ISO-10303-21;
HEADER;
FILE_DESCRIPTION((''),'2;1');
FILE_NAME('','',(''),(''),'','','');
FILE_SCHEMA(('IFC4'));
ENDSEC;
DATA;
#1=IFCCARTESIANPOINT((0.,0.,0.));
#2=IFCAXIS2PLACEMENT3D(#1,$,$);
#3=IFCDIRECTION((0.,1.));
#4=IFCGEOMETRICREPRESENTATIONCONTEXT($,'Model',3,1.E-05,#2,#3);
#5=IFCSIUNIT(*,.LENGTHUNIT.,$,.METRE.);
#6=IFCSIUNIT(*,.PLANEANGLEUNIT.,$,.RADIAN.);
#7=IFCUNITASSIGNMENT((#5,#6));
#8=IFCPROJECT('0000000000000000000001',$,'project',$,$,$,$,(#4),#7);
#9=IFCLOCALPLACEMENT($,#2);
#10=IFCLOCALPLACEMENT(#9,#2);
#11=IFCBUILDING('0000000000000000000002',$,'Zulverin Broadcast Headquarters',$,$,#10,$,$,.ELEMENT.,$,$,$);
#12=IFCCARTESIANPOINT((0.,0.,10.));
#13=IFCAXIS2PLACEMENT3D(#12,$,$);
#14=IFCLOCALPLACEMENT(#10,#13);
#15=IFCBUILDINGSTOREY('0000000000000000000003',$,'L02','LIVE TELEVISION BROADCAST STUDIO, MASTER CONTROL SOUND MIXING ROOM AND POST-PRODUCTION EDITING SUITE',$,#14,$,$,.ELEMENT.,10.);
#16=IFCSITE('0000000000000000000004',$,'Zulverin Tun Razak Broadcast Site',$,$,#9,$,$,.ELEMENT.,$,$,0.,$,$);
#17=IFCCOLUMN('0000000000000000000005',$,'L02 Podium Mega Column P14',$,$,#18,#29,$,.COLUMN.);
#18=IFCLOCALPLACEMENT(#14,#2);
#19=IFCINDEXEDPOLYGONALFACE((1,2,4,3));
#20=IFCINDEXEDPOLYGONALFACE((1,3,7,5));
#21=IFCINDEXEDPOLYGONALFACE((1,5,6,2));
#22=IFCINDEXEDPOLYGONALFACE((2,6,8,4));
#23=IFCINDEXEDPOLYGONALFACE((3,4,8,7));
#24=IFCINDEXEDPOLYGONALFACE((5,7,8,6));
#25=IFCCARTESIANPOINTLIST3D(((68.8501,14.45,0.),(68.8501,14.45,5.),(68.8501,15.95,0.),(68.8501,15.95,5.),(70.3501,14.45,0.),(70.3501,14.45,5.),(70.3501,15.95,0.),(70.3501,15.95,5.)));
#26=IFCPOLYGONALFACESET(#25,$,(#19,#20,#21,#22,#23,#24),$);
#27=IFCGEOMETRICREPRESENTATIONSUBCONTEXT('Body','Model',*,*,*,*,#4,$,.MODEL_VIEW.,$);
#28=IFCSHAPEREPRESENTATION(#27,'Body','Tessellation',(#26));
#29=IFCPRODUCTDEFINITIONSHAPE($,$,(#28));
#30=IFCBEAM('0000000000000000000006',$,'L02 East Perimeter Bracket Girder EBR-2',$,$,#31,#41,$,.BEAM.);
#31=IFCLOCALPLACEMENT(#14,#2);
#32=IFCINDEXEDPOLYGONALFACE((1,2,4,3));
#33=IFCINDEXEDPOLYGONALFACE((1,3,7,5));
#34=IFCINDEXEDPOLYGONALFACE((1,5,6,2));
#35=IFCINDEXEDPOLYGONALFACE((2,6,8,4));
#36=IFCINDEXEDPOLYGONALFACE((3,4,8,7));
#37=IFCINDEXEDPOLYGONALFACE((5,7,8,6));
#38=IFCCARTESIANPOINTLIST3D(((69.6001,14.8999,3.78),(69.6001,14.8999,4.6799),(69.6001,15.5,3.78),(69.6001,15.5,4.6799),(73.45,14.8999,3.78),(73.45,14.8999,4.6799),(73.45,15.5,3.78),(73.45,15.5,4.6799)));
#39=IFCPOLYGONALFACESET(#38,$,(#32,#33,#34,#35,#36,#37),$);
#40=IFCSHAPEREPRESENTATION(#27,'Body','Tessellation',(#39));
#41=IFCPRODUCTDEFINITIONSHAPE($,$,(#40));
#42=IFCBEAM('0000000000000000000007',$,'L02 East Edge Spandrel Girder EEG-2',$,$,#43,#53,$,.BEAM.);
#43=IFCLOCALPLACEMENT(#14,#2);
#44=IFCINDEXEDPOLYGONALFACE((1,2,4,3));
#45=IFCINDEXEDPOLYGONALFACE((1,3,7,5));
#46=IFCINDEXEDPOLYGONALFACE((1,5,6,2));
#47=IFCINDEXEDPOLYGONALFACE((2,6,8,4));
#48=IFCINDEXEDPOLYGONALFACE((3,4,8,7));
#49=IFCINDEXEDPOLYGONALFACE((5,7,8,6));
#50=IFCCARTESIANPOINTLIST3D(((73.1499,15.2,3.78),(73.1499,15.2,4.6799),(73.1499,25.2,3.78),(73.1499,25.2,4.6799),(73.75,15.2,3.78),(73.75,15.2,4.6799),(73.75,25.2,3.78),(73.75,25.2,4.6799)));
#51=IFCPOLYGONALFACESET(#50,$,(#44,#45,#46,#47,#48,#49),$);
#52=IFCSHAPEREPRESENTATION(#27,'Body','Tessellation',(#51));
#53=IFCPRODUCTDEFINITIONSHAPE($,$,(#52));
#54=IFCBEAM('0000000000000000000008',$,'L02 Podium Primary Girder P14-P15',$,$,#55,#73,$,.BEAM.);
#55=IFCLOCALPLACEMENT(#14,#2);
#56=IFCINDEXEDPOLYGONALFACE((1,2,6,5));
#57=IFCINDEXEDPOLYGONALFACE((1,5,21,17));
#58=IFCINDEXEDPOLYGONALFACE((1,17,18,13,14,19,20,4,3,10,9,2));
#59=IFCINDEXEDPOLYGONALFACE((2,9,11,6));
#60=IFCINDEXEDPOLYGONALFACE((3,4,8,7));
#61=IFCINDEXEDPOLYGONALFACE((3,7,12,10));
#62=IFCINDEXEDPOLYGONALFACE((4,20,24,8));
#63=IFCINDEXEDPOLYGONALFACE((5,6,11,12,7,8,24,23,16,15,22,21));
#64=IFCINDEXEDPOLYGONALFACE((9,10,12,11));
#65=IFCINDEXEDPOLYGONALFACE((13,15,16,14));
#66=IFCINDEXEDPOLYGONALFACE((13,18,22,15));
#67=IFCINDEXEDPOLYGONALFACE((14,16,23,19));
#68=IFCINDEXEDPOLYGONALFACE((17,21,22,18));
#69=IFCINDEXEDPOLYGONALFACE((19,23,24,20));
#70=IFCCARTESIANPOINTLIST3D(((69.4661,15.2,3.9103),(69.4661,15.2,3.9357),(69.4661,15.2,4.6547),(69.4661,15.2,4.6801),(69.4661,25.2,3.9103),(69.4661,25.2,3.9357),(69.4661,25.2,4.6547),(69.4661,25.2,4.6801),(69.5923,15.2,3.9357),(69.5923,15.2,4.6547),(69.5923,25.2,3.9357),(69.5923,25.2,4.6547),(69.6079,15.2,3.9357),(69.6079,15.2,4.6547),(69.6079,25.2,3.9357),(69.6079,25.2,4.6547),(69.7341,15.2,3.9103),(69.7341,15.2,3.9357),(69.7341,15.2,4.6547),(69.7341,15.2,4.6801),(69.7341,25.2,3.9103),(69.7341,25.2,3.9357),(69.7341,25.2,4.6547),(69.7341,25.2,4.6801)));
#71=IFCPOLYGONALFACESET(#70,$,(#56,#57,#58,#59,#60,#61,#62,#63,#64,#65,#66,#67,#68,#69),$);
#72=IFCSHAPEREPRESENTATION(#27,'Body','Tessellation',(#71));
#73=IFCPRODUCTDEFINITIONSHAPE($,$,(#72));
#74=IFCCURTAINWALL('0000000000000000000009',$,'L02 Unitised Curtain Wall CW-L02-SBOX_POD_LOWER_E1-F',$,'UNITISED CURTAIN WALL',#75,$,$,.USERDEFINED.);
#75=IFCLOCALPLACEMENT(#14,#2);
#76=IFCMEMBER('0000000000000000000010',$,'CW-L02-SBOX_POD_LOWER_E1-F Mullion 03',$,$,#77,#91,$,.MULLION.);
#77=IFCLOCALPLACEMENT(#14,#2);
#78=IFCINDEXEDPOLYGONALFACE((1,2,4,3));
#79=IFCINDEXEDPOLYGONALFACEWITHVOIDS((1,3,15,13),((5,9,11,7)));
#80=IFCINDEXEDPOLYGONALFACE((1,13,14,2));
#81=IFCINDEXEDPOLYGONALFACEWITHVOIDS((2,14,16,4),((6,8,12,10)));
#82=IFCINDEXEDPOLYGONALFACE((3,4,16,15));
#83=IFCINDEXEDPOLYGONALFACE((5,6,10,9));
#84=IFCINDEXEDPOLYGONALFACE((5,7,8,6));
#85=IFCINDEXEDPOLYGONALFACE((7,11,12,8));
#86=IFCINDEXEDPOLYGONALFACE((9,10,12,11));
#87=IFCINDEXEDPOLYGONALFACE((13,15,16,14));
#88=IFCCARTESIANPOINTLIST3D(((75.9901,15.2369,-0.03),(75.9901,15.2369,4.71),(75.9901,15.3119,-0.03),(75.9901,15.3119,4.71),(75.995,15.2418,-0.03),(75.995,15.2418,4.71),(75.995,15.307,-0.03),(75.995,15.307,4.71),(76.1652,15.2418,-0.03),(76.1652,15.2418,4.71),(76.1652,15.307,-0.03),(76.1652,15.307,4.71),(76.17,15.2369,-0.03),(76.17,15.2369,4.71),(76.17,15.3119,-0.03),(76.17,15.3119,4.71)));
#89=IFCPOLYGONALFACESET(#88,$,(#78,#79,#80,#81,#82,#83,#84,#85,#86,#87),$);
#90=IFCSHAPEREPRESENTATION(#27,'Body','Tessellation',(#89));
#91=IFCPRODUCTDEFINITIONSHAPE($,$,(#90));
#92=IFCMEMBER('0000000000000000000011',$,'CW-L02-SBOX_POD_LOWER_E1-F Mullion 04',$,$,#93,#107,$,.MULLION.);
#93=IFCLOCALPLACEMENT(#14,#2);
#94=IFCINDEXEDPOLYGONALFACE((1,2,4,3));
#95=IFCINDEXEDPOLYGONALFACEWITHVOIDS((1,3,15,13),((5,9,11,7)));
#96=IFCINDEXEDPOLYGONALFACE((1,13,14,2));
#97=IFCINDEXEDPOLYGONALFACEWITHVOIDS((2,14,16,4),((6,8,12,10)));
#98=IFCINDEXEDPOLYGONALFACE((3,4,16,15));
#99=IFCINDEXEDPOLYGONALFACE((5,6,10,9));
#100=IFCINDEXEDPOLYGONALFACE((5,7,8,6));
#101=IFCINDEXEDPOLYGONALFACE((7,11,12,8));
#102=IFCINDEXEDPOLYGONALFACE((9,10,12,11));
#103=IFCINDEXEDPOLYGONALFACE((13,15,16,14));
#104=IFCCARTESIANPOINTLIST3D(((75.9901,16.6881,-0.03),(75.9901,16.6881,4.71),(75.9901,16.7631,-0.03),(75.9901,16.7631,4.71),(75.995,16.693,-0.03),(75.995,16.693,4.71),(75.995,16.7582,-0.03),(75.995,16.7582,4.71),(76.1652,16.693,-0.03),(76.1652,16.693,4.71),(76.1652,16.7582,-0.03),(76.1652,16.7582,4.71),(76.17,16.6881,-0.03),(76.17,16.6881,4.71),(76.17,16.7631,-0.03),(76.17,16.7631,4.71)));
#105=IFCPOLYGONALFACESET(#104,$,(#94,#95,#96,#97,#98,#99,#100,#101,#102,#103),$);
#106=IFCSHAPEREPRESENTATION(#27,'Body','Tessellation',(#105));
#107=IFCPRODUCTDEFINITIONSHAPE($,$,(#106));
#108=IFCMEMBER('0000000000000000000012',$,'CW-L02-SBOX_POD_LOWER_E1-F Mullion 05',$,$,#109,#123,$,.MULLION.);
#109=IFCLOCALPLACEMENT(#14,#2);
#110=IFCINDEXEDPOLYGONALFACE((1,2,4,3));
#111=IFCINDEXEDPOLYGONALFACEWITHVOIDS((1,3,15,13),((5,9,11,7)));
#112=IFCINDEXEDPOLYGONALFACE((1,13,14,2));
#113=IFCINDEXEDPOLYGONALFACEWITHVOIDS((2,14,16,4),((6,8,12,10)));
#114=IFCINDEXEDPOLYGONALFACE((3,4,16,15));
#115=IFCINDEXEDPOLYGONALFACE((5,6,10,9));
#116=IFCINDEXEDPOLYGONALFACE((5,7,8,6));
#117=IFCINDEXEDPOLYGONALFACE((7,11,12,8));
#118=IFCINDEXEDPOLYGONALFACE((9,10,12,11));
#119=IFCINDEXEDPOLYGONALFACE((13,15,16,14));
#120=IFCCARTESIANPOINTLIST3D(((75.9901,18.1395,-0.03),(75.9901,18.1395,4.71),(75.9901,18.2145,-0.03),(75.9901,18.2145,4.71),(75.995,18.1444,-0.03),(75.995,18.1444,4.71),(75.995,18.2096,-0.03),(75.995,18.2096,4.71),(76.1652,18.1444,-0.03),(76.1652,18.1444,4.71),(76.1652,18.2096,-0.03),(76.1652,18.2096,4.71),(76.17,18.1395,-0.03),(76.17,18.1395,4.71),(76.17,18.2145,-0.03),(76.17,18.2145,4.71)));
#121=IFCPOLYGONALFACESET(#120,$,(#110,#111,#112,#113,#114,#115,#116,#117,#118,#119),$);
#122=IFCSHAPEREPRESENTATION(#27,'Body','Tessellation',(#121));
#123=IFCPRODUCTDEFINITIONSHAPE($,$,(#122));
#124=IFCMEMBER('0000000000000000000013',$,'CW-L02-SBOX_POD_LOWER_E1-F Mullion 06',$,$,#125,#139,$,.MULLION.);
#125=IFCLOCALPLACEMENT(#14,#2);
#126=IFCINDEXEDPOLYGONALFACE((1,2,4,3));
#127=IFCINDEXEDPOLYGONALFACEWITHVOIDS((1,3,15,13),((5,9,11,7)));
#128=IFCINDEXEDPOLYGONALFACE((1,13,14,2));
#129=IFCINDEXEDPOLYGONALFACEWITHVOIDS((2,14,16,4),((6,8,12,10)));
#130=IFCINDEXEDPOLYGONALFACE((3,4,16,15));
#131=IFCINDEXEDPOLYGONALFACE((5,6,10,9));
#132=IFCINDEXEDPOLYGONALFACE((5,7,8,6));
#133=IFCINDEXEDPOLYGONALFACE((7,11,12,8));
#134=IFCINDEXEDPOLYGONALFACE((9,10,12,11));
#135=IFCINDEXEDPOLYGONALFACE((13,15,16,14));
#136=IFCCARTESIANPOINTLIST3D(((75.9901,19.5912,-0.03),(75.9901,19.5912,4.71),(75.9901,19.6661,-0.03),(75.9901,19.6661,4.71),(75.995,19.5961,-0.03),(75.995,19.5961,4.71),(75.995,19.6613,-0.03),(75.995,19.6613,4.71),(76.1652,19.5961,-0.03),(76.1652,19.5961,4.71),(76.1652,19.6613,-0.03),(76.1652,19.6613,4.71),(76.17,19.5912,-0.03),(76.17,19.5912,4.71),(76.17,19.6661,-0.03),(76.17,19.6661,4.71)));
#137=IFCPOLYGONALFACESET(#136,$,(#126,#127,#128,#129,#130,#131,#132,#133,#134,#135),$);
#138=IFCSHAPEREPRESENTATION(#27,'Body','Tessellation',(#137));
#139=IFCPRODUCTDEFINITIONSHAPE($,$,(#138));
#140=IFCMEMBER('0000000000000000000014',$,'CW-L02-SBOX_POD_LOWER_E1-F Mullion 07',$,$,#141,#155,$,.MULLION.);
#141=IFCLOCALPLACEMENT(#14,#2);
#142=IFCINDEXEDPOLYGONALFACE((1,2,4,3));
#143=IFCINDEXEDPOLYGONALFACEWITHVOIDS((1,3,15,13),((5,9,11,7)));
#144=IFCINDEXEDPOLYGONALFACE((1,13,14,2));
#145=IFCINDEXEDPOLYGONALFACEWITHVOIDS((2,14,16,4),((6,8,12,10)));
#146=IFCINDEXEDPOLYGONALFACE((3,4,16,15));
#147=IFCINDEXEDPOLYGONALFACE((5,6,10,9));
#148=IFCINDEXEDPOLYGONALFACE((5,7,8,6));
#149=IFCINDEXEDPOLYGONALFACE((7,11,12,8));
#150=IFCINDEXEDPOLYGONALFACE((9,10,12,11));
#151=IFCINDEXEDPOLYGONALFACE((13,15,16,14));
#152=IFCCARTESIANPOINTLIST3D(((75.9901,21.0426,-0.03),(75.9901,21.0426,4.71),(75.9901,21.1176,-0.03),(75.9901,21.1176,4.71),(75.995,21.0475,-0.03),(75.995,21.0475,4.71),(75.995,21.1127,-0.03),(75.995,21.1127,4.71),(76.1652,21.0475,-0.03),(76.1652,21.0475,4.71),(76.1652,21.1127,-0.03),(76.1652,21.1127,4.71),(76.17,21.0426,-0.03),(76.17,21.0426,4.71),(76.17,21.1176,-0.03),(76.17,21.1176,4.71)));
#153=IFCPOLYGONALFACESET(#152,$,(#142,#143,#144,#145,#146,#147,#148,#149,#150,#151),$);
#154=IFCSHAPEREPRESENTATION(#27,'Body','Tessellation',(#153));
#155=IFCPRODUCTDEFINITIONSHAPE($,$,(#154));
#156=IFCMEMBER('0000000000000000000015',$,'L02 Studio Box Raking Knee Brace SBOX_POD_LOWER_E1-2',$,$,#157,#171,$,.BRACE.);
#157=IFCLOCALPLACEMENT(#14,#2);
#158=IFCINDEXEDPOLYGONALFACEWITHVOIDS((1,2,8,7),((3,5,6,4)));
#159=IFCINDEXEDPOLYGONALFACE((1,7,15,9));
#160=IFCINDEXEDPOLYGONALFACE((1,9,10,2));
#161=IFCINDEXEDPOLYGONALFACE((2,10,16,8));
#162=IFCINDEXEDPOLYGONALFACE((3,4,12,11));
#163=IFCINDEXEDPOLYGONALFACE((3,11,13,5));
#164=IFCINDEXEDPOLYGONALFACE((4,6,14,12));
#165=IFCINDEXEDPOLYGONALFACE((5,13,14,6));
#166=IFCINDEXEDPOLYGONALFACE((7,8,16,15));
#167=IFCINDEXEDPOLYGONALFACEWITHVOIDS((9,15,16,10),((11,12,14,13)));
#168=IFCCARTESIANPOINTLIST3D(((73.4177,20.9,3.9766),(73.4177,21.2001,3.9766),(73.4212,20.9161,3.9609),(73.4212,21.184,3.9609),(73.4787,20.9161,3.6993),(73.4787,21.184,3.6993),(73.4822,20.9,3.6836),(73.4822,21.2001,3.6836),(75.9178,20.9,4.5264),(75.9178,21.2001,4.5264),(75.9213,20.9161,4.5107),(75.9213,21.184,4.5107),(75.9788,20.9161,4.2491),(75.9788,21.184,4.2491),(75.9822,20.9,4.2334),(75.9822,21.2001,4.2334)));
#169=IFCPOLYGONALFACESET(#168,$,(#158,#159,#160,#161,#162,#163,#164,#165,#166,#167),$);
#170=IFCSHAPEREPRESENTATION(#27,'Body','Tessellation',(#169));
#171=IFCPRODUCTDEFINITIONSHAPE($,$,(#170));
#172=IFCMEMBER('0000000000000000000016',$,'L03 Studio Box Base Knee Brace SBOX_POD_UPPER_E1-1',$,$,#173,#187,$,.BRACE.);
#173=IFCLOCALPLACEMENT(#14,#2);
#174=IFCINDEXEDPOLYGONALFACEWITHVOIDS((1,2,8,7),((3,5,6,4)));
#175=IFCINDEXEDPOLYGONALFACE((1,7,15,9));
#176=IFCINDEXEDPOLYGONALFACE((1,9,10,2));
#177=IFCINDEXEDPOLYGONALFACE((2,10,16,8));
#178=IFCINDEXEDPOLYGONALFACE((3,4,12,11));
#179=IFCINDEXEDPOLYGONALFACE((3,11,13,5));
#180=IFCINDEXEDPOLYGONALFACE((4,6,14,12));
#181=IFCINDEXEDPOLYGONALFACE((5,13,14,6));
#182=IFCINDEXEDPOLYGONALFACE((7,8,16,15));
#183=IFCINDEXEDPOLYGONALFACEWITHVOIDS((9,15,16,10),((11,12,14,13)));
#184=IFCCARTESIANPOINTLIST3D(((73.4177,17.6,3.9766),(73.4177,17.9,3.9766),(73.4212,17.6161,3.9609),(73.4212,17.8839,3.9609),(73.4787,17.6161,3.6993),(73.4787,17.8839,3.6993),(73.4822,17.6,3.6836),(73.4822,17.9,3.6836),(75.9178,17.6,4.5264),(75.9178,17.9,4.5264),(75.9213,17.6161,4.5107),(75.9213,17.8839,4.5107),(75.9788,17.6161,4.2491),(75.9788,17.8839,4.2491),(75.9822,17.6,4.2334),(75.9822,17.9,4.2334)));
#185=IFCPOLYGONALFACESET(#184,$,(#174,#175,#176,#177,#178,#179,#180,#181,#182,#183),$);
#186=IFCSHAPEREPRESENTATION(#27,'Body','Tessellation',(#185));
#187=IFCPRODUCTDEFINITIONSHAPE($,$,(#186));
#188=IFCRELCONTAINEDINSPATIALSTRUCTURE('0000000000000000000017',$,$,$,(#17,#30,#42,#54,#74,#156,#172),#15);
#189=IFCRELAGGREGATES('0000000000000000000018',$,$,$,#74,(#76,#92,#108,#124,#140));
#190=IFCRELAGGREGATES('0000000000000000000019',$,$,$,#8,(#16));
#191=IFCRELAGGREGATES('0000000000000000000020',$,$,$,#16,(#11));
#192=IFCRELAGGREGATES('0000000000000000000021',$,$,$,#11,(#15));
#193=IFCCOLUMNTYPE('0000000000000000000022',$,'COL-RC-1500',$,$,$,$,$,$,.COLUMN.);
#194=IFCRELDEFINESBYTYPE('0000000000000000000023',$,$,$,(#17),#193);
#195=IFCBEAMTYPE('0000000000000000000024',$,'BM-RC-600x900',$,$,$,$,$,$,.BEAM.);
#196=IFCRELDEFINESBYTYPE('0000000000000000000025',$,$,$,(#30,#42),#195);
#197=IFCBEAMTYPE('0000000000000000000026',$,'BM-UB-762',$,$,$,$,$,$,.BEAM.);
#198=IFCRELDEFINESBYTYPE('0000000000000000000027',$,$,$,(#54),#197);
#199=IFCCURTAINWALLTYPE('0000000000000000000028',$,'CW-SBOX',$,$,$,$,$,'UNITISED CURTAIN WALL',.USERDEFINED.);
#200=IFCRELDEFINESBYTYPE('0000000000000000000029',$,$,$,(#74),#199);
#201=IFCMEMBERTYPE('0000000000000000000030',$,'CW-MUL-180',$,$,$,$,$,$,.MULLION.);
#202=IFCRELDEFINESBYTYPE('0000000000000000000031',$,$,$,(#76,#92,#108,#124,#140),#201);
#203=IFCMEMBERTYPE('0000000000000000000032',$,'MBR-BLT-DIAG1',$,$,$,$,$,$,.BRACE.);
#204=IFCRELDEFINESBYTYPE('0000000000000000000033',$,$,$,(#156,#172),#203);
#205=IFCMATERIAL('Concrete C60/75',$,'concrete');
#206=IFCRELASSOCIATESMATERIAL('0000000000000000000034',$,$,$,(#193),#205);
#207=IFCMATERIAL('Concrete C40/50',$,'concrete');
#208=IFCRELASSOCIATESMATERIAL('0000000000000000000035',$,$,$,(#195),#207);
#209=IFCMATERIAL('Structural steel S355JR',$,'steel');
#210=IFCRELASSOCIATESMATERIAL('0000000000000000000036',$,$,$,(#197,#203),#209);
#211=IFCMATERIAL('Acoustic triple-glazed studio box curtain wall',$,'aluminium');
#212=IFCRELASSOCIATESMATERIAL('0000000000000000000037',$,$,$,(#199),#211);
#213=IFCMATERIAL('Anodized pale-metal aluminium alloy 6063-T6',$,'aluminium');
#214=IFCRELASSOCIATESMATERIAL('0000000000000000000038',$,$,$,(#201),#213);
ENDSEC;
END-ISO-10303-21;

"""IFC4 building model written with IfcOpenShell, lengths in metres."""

from ifc_helpers import new_model, si_unit, direction, frame, origin, origin_2d, place, context, subcontext, project, spatial, rectangle, hollow_rectangle, i_section, extrude, material, material_profile, profile_set, type_object, element, aggregate, save


model = new_model("IFC4")

# Units and contexts
model_context = context("Model", 3, precision=1e-05, world=origin(), true_north=direction((0.0, 1.0)))
body_context = subcontext(model_context, "Body", "Model", "MODEL_VIEW")
ifc_project = project(units=[si_unit("LENGTHUNIT", "METRE"), si_unit("PLANEANGLEUNIT", "RADIAN")], contexts=[model_context])

# Site, building, storey
site_placement = place(None, origin())
site = spatial("IfcSite", under=ifc_project, at=site_placement, Name="Zulverin Tun Razak Broadcast Site", CompositionType="ELEMENT", RefElevation=0.0)
building_placement = place(site_placement, origin())
building = spatial("IfcBuilding", under=site, at=building_placement, Name="Zulverin Broadcast Headquarters", CompositionType="ELEMENT")
storey_placement = place(building_placement, frame((0.0, 0.0, 10.0)))
storey = spatial("IfcBuildingStorey", under=building, at=storey_placement, Name="L02", Description="LIVE TELEVISION BROADCAST STUDIO, MASTER CONTROL SOUND MIXING ROOM AND POST-PRODUCTION EDITING SUITE", CompositionType="ELEMENT", Elevation=10.0)

# Column
ifc_material_1 = material(Name="Concrete C60/75", Category="concrete")
ifc_material_profile_1 = material_profile(ifc_material_1, rectangle(XDim=1.5, YDim=1.5, at=origin_2d()), Name="Concrete C60/75", Category="concrete")
ifc_profile_set_1 = profile_set([ifc_material_profile_1], Name="Concrete C60/75")
column_type = type_object("IfcColumnType", Name="COL-RC-1500", PredefinedType="COLUMN", material=ifc_profile_set_1)
column_placement = place(storey_placement, frame((69.6001, 15.2, 0.0), z_axis=(0.0, 0.0, 1.0), x_axis=(1.0, 0.0, 0.0)))
element("IfcColumn", 1, at=column_placement, inside=storey, type_object=column_type, Name="L02 Podium Mega Column P14", PredefinedType="COLUMN", context=body_context, shape_type="SweptSolid", body=[
    extrude(rectangle(XDim=1.5, YDim=1.5, at=origin_2d()), origin(), (0.0, 0.0, 1.0), 5.0),
])

# Beams
ifc_material_2 = material(Name="Concrete C40/50", Category="concrete")
ifc_material_profile_2 = material_profile(ifc_material_2, rectangle(XDim=0.6001, YDim=0.8999, at=origin_2d()), Name="Concrete C40/50", Category="concrete")
ifc_profile_set_2 = profile_set([ifc_material_profile_2], Name="Concrete C40/50")
beam_type_1 = type_object("IfcBeamType", Name="BM-RC-600x900", PredefinedType="BEAM", material=ifc_profile_set_2)
beam_1_placement = place(storey_placement, frame((69.6001, 15.2, 4.23), z_axis=(1.0, 0.0, 0.0), x_axis=(0.0, 1.0, 0.0)))
element("IfcBeam", 2, at=beam_1_placement, inside=storey, type_object=beam_type_1, Name="L02 East Perimeter Bracket Girder EBR-2", PredefinedType="BEAM", context=body_context, shape_type="SweptSolid", body=[
    extrude(rectangle(XDim=0.6001, YDim=0.8999, at=origin_2d()), origin(), (0.0, 0.0, 1.0), 3.8499),
])
beam_2_placement = place(storey_placement, frame((73.45, 15.2, 4.23), z_axis=(0.0, 1.0, 0.0), x_axis=(-1.0, 0.0, 0.0)))
element("IfcBeam", 3, at=beam_2_placement, inside=storey, type_object=beam_type_1, Name="L02 East Edge Spandrel Girder EEG-2", PredefinedType="BEAM", context=body_context, shape_type="SweptSolid", body=[
    extrude(rectangle(XDim=0.6001, YDim=0.8999, at=origin_2d()), origin(), (0.0, 0.0, 1.0), 10.0),
])
ifc_material_3 = material(Name="Structural steel S355JR", Category="steel")
ifc_material_profile_3 = material_profile(ifc_material_3, i_section(OverallWidth=0.2681, OverallDepth=0.7698, WebThickness=0.0156, FlangeThickness=0.0254, at=origin_2d()), Name="Structural steel S355JR", Category="steel")
ifc_profile_set_3 = profile_set([ifc_material_profile_3], Name="Structural steel S355JR")
beam_type_2 = type_object("IfcBeamType", Name="BM-UB-762", PredefinedType="BEAM", material=ifc_profile_set_3)
beam_3_placement = place(storey_placement, frame((69.6001, 15.2, 4.2952), z_axis=(0.0, 1.0, 0.0), x_axis=(-1.0, 0.0, 0.0)))
element("IfcBeam", 4, at=beam_3_placement, inside=storey, type_object=beam_type_2, Name="L02 Podium Primary Girder P14-P15", PredefinedType="BEAM", context=body_context, shape_type="SweptSolid", body=[
    extrude(i_section(OverallWidth=0.2681, OverallDepth=0.7698, WebThickness=0.0156, FlangeThickness=0.0254, at=origin_2d()), origin(), (0.0, 0.0, 1.0), 10.0),
])

# Curtain wall, members
ifc_material_4 = material(Name="Acoustic triple-glazed studio box curtain wall", Category="aluminium")
curtain_wall_type = type_object("IfcCurtainWallType", Name="CW-SBOX", ElementType="UNITISED CURTAIN WALL", PredefinedType="USERDEFINED", material=ifc_material_4)
curtain_wall_placement = place(storey_placement, origin())
curtain_wall = element("IfcCurtainWall", 5, at=curtain_wall_placement, inside=storey, type_object=curtain_wall_type, Name="L02 Unitised Curtain Wall CW-L02-SBOX_POD_LOWER_E1-F", ObjectType="UNITISED CURTAIN WALL", PredefinedType="USERDEFINED")
ifc_material_5 = material(Name="Anodized pale-metal aluminium alloy 6063-T6", Category="aluminium")
ifc_material_profile_4 = material_profile(ifc_material_5, hollow_rectangle(XDim=0.075, YDim=0.1799, WallThickness=0.0049, at=origin_2d()), Name="Anodized pale-metal aluminium alloy 6063-T6", Category="aluminium")
ifc_profile_set_4 = profile_set([ifc_material_profile_4], Name="Anodized pale-metal aluminium alloy 6063-T6")
member_type_1 = type_object("IfcMemberType", Name="CW-MUL-180", PredefinedType="MULLION", material=ifc_profile_set_4)
member_1_placement = place(storey_placement, frame((76.0801, 15.2744, -0.03), z_axis=(0.0, 0.0, 1.0), x_axis=(0.0, 1.0, 0.0)))
member_1 = element("IfcMember", 6, at=member_1_placement, type_object=member_type_1, Name="CW-L02-SBOX_POD_LOWER_E1-F Mullion 03", PredefinedType="MULLION", context=body_context, shape_type="SweptSolid", body=[
    extrude(hollow_rectangle(XDim=0.075, YDim=0.1799, WallThickness=0.0049, at=origin_2d()), origin(), (0.0, 0.0, 1.0), 4.74),
])
member_2_placement = place(storey_placement, frame((76.0801, 16.7256, -0.03), z_axis=(0.0, 0.0, 1.0), x_axis=(0.0, 1.0, 0.0)))
member_2 = element("IfcMember", 7, at=member_2_placement, type_object=member_type_1, Name="CW-L02-SBOX_POD_LOWER_E1-F Mullion 04", PredefinedType="MULLION", context=body_context, shape_type="SweptSolid", body=[
    extrude(hollow_rectangle(XDim=0.075, YDim=0.1799, WallThickness=0.0049, at=origin_2d()), origin(), (0.0, 0.0, 1.0), 4.74),
])
member_3_placement = place(storey_placement, frame((76.0801, 18.177, -0.03), z_axis=(0.0, 0.0, 1.0), x_axis=(0.0, 1.0, 0.0)))
member_3 = element("IfcMember", 8, at=member_3_placement, type_object=member_type_1, Name="CW-L02-SBOX_POD_LOWER_E1-F Mullion 05", PredefinedType="MULLION", context=body_context, shape_type="SweptSolid", body=[
    extrude(hollow_rectangle(XDim=0.075, YDim=0.1799, WallThickness=0.0049, at=origin_2d()), origin(), (0.0, 0.0, 1.0), 4.74),
])
member_4_placement = place(storey_placement, frame((76.0801, 19.6287, -0.03), z_axis=(0.0, 0.0, 1.0), x_axis=(0.0, 1.0, 0.0)))
member_4 = element("IfcMember", 9, at=member_4_placement, type_object=member_type_1, Name="CW-L02-SBOX_POD_LOWER_E1-F Mullion 06", PredefinedType="MULLION", context=body_context, shape_type="SweptSolid", body=[
    extrude(hollow_rectangle(XDim=0.075, YDim=0.1799, WallThickness=0.0049, at=origin_2d()), origin(), (0.0, 0.0, 1.0), 4.74),
])
member_5_placement = place(storey_placement, frame((76.0801, 21.0801, -0.03), z_axis=(0.0, 0.0, 1.0), x_axis=(0.0, 1.0, 0.0)))
member_5 = element("IfcMember", 10, at=member_5_placement, type_object=member_type_1, Name="CW-L02-SBOX_POD_LOWER_E1-F Mullion 07", PredefinedType="MULLION", context=body_context, shape_type="SweptSolid", body=[
    extrude(hollow_rectangle(XDim=0.075, YDim=0.1799, WallThickness=0.0049, at=origin_2d()), origin(), (0.0, 0.0, 1.0), 4.74),
])

# Members
ifc_material_profile_5 = material_profile(ifc_material_3, hollow_rectangle(XDim=0.3, YDim=0.3, WallThickness=0.0161, at=origin_2d()), Name="Structural steel S355JR", Category="steel")
ifc_profile_set_5 = profile_set([ifc_material_profile_5], Name="Structural steel S355JR")
member_type_2 = type_object("IfcMemberType", Name="MBR-BLT-DIAG1", PredefinedType="BRACE", material=ifc_profile_set_5)
for number, where, z_axis, x_axis, name in (
    (11, (73.45, 21.05, 3.8301), (0.97666, 0.0, 0.214789), (0.0, 1.0, 0.0), "L02 Studio Box Raking Knee Brace SBOX_POD_LOWER_E1-2"),
    (12, (73.45, 17.75, 3.8301), (0.97666, 0.0, 0.214789), (0.0, 1.0, 0.0), "L03 Studio Box Base Knee Brace SBOX_POD_UPPER_E1-1"),
):
    element("IfcMember", number, at=place(storey_placement, frame(where, z_axis=z_axis, x_axis=x_axis)), inside=storey, type_object=member_type_2, Name=name, PredefinedType="BRACE", context=body_context, shape_type="SweptSolid", body=[
        extrude(hollow_rectangle(XDim=0.3, YDim=0.3, WallThickness=0.0161, at=origin_2d()), origin(), (0.0, 0.0, 1.0), 2.5598),
    ])

aggregate(curtain_wall, [member_1, member_2, member_3, member_4, member_5])

save(model, "model.ifc")
